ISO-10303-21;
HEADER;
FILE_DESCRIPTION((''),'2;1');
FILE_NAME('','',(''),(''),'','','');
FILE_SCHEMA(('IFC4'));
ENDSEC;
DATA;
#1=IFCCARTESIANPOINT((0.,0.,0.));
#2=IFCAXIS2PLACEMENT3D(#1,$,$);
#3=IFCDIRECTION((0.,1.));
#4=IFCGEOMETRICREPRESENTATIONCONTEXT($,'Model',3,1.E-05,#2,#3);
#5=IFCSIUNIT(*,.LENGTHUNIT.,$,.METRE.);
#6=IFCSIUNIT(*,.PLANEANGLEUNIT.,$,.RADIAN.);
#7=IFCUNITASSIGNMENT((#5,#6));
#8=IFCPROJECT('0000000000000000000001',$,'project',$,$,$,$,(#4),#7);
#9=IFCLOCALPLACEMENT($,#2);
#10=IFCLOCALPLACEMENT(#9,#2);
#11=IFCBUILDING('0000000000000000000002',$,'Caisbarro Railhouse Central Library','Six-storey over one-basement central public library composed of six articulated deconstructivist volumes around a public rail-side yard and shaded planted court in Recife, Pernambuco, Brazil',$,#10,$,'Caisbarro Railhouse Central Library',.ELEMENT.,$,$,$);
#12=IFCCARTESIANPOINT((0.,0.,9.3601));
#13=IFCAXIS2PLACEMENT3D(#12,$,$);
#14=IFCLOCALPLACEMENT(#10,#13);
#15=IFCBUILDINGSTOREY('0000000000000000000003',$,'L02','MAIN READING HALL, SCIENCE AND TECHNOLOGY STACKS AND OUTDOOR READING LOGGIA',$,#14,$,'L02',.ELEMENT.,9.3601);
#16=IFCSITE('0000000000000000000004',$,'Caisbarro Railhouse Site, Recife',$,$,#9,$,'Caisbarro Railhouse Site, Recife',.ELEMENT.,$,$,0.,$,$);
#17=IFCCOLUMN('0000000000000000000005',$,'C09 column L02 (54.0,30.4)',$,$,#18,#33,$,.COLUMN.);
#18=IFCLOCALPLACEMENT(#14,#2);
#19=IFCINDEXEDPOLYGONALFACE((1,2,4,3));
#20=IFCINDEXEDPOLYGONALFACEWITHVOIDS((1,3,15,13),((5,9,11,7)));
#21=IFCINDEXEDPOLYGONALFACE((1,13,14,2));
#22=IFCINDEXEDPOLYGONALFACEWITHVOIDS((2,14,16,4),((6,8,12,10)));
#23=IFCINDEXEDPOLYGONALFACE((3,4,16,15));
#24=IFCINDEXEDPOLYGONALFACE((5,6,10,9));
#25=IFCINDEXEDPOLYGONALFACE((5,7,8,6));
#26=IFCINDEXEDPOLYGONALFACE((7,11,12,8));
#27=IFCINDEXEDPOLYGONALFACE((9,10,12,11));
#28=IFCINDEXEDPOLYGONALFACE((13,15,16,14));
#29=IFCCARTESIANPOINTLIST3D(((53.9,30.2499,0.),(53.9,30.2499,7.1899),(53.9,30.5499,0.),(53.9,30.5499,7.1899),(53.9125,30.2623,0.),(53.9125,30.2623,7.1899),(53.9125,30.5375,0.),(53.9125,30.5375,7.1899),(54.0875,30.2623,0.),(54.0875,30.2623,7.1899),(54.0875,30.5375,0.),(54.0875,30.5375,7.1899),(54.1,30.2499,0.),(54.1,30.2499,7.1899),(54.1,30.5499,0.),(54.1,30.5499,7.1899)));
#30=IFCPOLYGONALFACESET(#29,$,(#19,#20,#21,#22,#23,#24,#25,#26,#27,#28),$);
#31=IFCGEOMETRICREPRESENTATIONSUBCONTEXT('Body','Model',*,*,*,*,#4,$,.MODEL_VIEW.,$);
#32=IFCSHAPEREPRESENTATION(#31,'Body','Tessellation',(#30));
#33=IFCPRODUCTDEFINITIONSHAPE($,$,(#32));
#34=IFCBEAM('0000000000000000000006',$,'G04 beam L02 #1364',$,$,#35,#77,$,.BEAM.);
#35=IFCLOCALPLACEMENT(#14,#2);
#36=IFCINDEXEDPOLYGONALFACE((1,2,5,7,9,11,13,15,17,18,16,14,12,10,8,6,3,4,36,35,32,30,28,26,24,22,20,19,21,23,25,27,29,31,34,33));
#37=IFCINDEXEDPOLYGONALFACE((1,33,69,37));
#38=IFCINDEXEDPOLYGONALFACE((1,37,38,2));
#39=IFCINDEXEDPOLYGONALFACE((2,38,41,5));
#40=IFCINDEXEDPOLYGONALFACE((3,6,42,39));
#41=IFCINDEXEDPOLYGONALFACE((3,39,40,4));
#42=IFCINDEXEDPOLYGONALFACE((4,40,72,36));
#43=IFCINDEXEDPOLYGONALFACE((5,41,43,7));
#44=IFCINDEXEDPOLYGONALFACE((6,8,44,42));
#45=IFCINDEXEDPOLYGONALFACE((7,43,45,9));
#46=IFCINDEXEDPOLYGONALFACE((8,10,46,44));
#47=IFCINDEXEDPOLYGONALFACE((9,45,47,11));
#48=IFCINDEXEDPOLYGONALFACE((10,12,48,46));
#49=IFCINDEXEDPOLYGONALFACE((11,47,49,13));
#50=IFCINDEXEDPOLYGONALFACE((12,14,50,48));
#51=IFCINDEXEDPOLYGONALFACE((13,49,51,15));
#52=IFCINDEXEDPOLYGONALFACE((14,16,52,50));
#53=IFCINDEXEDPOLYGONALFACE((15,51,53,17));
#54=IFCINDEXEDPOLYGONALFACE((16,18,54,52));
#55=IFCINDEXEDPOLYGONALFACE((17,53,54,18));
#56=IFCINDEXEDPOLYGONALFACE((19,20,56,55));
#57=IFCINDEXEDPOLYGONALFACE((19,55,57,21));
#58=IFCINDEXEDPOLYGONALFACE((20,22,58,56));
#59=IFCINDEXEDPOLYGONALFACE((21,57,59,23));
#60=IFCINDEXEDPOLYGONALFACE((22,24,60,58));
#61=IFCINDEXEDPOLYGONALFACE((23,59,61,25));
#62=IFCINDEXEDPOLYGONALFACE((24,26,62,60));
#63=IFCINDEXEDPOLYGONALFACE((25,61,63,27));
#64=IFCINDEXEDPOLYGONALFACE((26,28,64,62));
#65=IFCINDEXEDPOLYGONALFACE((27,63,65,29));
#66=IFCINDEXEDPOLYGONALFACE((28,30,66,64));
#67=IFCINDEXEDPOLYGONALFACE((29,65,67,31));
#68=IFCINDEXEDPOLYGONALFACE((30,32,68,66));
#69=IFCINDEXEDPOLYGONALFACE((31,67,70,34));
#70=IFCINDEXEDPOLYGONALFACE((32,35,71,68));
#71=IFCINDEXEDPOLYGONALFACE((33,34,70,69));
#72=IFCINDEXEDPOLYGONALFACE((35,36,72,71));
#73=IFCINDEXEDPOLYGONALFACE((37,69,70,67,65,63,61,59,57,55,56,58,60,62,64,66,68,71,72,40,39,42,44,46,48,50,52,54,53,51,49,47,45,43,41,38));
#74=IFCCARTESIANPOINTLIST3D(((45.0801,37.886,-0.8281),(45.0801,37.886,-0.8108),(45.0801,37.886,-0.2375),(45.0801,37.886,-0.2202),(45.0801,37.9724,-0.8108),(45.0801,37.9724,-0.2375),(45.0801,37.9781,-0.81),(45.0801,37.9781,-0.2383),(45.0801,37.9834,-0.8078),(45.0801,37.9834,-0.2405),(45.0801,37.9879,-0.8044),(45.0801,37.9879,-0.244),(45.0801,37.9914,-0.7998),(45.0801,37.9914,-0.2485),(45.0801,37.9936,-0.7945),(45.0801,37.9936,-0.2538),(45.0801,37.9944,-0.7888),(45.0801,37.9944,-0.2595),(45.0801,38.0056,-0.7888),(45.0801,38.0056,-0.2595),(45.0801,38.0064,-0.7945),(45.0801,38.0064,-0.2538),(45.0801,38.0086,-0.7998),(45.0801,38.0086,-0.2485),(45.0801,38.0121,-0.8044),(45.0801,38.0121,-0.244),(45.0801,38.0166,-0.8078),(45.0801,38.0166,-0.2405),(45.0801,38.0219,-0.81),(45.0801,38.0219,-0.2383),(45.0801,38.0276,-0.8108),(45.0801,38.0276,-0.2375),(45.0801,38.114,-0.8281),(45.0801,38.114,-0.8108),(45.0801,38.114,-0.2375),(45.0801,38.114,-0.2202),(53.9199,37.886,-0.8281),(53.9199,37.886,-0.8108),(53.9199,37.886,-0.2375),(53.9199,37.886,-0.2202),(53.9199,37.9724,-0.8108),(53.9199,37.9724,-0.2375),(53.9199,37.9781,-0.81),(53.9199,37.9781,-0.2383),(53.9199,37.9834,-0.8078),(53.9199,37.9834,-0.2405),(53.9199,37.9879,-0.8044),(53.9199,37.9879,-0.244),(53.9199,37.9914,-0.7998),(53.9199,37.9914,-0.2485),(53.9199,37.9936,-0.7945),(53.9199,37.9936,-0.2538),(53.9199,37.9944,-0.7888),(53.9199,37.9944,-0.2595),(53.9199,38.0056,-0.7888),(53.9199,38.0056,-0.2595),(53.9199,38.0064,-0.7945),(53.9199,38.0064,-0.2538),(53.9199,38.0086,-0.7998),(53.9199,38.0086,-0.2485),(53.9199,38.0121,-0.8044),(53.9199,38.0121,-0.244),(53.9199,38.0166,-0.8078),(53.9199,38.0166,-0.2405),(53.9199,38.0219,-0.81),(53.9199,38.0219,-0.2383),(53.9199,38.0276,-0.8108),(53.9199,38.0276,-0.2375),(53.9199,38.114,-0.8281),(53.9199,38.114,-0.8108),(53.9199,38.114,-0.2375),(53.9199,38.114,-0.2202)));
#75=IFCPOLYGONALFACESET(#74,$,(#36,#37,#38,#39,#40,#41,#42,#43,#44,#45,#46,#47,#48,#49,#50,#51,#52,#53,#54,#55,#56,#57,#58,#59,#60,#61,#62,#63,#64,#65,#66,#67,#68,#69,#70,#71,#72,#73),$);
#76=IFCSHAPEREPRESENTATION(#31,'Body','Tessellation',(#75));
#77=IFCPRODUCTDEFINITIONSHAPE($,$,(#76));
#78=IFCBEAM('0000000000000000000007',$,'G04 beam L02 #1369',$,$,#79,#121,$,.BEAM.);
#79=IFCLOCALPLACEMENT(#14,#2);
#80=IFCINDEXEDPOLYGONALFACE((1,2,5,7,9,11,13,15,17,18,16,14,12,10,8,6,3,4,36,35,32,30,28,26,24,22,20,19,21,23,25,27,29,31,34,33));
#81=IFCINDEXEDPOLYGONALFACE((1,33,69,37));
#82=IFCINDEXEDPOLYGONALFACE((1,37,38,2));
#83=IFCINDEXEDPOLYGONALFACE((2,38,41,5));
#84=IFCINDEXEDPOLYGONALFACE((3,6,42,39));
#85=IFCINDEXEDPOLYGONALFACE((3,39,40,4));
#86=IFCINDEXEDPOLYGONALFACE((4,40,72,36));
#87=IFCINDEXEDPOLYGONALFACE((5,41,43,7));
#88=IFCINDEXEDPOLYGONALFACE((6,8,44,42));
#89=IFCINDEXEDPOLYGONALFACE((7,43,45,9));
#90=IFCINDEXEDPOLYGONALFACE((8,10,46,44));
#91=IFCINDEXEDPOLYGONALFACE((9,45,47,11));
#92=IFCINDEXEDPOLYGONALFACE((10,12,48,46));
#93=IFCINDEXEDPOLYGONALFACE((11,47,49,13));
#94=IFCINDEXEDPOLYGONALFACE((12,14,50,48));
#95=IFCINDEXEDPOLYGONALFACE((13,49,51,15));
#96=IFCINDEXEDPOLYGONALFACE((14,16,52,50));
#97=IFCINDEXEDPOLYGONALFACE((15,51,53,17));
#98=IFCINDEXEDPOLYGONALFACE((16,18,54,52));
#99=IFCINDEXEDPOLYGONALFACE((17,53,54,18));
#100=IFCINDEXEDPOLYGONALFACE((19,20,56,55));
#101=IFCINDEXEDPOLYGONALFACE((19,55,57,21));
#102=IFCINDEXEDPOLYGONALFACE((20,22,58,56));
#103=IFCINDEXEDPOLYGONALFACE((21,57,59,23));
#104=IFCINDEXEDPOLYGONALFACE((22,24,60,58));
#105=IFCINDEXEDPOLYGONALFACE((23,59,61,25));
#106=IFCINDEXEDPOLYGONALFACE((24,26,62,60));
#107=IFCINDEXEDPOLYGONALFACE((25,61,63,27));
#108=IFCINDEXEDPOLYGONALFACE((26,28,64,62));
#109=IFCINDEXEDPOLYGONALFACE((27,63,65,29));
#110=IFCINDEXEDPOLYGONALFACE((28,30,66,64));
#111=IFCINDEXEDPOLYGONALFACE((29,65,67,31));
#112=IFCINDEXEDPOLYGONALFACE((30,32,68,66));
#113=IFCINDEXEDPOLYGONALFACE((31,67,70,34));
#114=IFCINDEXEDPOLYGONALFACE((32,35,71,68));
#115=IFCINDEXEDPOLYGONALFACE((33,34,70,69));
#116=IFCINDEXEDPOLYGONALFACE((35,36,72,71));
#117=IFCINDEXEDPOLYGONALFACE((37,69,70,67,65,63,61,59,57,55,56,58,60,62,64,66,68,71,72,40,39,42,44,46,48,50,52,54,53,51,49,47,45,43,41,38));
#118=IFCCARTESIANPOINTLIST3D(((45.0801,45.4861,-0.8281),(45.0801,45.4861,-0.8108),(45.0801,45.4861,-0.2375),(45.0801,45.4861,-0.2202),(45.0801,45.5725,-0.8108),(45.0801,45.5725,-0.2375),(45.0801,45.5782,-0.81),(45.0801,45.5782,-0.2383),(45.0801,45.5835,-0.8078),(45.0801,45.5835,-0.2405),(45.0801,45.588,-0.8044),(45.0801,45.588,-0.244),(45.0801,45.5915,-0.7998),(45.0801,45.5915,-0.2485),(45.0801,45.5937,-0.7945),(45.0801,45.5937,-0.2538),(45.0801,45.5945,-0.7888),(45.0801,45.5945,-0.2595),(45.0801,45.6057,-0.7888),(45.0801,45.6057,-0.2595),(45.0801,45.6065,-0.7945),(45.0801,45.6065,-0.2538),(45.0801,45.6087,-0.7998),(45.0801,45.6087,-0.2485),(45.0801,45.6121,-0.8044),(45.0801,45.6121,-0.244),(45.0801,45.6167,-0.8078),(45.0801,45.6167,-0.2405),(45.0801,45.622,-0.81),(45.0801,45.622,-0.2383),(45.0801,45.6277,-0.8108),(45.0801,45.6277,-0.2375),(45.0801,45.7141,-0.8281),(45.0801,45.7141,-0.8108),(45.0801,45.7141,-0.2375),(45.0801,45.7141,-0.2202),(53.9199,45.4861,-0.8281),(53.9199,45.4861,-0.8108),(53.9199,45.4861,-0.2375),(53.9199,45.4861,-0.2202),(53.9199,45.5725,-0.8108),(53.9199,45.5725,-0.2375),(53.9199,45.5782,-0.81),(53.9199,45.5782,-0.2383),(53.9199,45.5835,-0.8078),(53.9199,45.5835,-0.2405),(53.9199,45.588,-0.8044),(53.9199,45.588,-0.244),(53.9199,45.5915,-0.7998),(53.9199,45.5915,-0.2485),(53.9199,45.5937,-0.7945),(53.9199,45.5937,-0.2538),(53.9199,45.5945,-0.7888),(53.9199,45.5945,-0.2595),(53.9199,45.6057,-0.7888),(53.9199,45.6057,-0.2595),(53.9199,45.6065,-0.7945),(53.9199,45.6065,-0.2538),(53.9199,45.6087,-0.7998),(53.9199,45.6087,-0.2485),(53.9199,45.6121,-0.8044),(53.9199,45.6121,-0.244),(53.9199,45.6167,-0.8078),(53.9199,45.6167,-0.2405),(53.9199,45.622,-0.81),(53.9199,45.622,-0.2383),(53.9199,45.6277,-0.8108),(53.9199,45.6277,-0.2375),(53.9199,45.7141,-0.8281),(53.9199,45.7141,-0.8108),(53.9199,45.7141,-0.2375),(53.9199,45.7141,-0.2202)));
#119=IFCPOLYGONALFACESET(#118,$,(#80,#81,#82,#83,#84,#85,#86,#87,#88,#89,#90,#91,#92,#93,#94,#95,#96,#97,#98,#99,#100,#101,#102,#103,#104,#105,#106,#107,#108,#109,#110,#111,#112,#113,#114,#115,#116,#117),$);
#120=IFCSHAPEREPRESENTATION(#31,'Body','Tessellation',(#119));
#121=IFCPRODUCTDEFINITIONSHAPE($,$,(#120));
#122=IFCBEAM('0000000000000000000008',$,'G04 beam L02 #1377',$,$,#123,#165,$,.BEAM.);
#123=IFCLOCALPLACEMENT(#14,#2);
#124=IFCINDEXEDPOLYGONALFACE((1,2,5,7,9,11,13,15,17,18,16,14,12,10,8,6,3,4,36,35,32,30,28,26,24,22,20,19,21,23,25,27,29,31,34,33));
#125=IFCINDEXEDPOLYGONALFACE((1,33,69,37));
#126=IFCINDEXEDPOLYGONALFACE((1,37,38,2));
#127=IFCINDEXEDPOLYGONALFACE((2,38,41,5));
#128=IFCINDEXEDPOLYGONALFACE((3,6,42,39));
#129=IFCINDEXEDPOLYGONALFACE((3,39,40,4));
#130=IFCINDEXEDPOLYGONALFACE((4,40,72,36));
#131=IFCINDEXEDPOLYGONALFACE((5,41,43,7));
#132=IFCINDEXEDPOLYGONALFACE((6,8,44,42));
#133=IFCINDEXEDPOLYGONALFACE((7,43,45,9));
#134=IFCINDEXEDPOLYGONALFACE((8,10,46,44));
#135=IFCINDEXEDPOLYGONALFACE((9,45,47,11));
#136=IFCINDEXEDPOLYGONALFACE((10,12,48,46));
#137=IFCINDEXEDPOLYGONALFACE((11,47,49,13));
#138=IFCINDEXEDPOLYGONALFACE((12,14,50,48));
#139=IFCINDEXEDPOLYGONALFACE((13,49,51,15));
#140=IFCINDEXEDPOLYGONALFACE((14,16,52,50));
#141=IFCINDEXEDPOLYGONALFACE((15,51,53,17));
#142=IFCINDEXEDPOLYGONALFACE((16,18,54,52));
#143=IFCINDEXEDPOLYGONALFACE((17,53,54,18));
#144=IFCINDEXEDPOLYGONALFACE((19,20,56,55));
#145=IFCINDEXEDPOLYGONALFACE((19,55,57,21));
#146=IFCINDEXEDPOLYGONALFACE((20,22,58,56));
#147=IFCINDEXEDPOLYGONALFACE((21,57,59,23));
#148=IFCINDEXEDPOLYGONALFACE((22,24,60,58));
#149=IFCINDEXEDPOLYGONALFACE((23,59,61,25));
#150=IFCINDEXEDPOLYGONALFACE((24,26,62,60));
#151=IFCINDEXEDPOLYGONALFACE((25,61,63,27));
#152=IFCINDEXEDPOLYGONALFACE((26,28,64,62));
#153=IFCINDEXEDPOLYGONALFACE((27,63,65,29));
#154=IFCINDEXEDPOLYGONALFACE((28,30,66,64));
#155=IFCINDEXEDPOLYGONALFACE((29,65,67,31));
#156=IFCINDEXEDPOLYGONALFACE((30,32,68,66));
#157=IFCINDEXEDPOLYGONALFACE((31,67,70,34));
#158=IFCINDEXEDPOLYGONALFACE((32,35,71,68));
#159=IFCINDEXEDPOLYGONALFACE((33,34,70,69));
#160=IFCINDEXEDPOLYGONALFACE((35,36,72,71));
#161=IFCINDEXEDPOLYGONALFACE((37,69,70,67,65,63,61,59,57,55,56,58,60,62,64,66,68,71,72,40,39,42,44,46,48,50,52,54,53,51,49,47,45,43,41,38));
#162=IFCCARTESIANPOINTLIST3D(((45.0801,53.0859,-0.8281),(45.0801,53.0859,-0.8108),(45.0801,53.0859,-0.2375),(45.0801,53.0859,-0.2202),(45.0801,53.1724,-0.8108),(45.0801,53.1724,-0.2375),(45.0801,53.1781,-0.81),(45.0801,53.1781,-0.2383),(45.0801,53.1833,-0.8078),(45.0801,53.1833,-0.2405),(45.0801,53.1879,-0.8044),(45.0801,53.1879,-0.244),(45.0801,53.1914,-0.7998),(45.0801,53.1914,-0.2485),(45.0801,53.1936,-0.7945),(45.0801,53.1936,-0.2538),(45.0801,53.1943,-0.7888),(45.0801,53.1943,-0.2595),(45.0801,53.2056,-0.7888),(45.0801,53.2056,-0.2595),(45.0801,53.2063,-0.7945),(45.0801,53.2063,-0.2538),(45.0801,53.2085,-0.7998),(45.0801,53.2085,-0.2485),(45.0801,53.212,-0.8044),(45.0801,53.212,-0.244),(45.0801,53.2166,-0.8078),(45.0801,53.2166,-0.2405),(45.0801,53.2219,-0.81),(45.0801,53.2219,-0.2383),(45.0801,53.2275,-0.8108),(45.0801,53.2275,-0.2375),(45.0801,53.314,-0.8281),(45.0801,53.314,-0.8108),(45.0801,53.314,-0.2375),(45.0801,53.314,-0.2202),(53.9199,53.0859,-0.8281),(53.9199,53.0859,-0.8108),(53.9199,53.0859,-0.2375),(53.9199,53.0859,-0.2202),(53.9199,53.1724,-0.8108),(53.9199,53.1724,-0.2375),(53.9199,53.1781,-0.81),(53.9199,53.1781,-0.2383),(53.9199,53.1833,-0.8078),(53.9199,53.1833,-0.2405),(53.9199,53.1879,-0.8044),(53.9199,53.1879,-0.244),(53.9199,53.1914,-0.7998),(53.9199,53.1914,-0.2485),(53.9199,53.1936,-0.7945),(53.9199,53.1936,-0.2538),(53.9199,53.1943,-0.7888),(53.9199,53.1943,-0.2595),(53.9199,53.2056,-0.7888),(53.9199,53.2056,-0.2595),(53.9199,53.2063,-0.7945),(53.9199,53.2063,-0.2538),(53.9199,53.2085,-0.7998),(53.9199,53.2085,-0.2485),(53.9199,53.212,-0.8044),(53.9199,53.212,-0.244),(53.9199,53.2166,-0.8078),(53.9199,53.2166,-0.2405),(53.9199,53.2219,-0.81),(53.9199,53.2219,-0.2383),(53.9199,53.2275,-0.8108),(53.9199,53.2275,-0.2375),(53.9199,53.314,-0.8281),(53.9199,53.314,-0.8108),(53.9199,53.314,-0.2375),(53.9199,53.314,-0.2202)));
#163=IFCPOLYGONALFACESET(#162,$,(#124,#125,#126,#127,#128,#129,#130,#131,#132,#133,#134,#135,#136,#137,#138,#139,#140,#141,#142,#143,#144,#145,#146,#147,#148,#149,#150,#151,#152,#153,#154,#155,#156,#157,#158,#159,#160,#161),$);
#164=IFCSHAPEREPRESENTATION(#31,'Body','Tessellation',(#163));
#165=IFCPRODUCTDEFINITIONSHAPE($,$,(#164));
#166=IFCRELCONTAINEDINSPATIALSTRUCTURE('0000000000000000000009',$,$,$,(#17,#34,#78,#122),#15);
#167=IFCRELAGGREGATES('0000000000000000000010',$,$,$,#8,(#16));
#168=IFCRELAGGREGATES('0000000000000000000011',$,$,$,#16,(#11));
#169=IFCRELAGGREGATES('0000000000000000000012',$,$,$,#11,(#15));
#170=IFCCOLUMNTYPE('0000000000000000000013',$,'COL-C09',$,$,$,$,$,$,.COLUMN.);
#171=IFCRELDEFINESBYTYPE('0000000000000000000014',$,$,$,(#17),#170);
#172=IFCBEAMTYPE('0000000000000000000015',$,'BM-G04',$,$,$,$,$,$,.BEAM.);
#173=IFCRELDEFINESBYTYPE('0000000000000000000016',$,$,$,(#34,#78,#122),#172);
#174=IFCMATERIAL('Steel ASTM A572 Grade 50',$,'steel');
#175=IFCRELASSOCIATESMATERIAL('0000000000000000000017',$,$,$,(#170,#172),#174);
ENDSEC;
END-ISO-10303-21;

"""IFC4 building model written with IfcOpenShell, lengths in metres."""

from ifc_helpers import new_model, si_unit, direction, frame, origin, origin_2d, place, context, subcontext, project, spatial, hollow_rectangle, i_section, extrude, material, material_profile, profile_set, type_object, element, save


model = new_model("IFC4")

# Units and contexts
model_context = context("Model", 3, precision=1e-05, world=origin(), true_north=direction((0.0, 1.0)))
body_context = subcontext(model_context, "Body", "Model", "MODEL_VIEW")
ifc_project = project(units=[si_unit("LENGTHUNIT", "METRE"), si_unit("PLANEANGLEUNIT", "RADIAN")], contexts=[model_context])

# Site, building, storey
site_placement = place(None, origin())
site = spatial("IfcSite", under=ifc_project, at=site_placement, Name="Caisbarro Railhouse Site, Recife", LongName="Caisbarro Railhouse Site, Recife", CompositionType="ELEMENT", RefElevation=0.0)
building_placement = place(site_placement, origin())
building = spatial("IfcBuilding", under=site, at=building_placement, Name="Caisbarro Railhouse Central Library", Description="Six-storey over one-basement central public library composed of six articulated deconstructivist volumes around a public rail-side yard and shaded planted court in Recife, Pernambuco, Brazil", LongName="Caisbarro Railhouse Central Library", CompositionType="ELEMENT")
storey_placement = place(building_placement, frame((0.0, 0.0, 9.3601)))
storey = spatial("IfcBuildingStorey", under=building, at=storey_placement, Name="L02", Description="MAIN READING HALL, SCIENCE AND TECHNOLOGY STACKS AND OUTDOOR READING LOGGIA", LongName="L02", CompositionType="ELEMENT", Elevation=9.3601)

# Column
ifc_material_1 = material(Name="Steel ASTM A572 Grade 50", Category="steel")
ifc_material_profile_1 = material_profile(ifc_material_1, hollow_rectangle(XDim=0.2, YDim=0.3, WallThickness=0.0125, at=origin_2d()), Name="HSS300X200X12.5")
ifc_profile_set_1 = profile_set([ifc_material_profile_1], Name="Steel ASTM A572 Grade 50")
column_type = type_object("IfcColumnType", Name="COL-C09", PredefinedType="COLUMN", material=ifc_profile_set_1)
column_placement = place(storey_placement, frame((54.0, 30.3999, 0.0), z_axis=(0.0, 0.0, 1.0), x_axis=(1.0, 0.0, 0.0)))
element("IfcColumn", 1, at=column_placement, inside=storey, type_object=column_type, Name="C09 column L02 (54.0,30.4)", PredefinedType="COLUMN", context=body_context, shape_type="SweptSolid", body=[
    extrude(hollow_rectangle(XDim=0.2, YDim=0.3, WallThickness=0.0125, at=origin_2d()), origin(), (0.0, 0.0, 1.0), 7.1899),
])

# Beams
ifc_material_profile_2 = material_profile(ifc_material_1, i_section(OverallWidth=0.228, OverallDepth=0.6079, WebThickness=0.0112, FlangeThickness=0.0173, FilletRadius=0.022, at=origin_2d()), Name="W610X113.0")
ifc_profile_set_2 = profile_set([ifc_material_profile_2], Name="Steel ASTM A572 Grade 50")
beam_type_1 = type_object("IfcBeamType", Name="BM-G04", PredefinedType="BEAM", material=ifc_profile_set_2)
for number, where, z_axis, x_axis, name in (
    (2, (45.0801, 38.0, -0.5242), (1.0, 0.0, 0.0), (0.0, 1.0, 0.0), "G04 beam L02 #1364"),
    (3, (45.0801, 45.6001, -0.5242), (1.0, 0.0, 0.0), (0.0, 1.0, 0.0), "G04 beam L02 #1369"),
    (4, (45.0801, 53.2, -0.5242), (1.0, 0.0, 0.0), (0.0, 1.0, 0.0), "G04 beam L02 #1377"),
):
    element("IfcBeam", number, at=place(storey_placement, frame(where, z_axis=z_axis, x_axis=x_axis)), inside=storey, type_object=beam_type_1, Name=name, PredefinedType="BEAM", context=body_context, shape_type="SweptSolid", body=[
        extrude(i_section(OverallWidth=0.228, OverallDepth=0.6079, WebThickness=0.0112, FlangeThickness=0.0173, FilletRadius=0.022, at=origin_2d()), origin(), (0.0, 0.0, 1.0), 8.8398),
    ])

save(model, "model.ifc")
